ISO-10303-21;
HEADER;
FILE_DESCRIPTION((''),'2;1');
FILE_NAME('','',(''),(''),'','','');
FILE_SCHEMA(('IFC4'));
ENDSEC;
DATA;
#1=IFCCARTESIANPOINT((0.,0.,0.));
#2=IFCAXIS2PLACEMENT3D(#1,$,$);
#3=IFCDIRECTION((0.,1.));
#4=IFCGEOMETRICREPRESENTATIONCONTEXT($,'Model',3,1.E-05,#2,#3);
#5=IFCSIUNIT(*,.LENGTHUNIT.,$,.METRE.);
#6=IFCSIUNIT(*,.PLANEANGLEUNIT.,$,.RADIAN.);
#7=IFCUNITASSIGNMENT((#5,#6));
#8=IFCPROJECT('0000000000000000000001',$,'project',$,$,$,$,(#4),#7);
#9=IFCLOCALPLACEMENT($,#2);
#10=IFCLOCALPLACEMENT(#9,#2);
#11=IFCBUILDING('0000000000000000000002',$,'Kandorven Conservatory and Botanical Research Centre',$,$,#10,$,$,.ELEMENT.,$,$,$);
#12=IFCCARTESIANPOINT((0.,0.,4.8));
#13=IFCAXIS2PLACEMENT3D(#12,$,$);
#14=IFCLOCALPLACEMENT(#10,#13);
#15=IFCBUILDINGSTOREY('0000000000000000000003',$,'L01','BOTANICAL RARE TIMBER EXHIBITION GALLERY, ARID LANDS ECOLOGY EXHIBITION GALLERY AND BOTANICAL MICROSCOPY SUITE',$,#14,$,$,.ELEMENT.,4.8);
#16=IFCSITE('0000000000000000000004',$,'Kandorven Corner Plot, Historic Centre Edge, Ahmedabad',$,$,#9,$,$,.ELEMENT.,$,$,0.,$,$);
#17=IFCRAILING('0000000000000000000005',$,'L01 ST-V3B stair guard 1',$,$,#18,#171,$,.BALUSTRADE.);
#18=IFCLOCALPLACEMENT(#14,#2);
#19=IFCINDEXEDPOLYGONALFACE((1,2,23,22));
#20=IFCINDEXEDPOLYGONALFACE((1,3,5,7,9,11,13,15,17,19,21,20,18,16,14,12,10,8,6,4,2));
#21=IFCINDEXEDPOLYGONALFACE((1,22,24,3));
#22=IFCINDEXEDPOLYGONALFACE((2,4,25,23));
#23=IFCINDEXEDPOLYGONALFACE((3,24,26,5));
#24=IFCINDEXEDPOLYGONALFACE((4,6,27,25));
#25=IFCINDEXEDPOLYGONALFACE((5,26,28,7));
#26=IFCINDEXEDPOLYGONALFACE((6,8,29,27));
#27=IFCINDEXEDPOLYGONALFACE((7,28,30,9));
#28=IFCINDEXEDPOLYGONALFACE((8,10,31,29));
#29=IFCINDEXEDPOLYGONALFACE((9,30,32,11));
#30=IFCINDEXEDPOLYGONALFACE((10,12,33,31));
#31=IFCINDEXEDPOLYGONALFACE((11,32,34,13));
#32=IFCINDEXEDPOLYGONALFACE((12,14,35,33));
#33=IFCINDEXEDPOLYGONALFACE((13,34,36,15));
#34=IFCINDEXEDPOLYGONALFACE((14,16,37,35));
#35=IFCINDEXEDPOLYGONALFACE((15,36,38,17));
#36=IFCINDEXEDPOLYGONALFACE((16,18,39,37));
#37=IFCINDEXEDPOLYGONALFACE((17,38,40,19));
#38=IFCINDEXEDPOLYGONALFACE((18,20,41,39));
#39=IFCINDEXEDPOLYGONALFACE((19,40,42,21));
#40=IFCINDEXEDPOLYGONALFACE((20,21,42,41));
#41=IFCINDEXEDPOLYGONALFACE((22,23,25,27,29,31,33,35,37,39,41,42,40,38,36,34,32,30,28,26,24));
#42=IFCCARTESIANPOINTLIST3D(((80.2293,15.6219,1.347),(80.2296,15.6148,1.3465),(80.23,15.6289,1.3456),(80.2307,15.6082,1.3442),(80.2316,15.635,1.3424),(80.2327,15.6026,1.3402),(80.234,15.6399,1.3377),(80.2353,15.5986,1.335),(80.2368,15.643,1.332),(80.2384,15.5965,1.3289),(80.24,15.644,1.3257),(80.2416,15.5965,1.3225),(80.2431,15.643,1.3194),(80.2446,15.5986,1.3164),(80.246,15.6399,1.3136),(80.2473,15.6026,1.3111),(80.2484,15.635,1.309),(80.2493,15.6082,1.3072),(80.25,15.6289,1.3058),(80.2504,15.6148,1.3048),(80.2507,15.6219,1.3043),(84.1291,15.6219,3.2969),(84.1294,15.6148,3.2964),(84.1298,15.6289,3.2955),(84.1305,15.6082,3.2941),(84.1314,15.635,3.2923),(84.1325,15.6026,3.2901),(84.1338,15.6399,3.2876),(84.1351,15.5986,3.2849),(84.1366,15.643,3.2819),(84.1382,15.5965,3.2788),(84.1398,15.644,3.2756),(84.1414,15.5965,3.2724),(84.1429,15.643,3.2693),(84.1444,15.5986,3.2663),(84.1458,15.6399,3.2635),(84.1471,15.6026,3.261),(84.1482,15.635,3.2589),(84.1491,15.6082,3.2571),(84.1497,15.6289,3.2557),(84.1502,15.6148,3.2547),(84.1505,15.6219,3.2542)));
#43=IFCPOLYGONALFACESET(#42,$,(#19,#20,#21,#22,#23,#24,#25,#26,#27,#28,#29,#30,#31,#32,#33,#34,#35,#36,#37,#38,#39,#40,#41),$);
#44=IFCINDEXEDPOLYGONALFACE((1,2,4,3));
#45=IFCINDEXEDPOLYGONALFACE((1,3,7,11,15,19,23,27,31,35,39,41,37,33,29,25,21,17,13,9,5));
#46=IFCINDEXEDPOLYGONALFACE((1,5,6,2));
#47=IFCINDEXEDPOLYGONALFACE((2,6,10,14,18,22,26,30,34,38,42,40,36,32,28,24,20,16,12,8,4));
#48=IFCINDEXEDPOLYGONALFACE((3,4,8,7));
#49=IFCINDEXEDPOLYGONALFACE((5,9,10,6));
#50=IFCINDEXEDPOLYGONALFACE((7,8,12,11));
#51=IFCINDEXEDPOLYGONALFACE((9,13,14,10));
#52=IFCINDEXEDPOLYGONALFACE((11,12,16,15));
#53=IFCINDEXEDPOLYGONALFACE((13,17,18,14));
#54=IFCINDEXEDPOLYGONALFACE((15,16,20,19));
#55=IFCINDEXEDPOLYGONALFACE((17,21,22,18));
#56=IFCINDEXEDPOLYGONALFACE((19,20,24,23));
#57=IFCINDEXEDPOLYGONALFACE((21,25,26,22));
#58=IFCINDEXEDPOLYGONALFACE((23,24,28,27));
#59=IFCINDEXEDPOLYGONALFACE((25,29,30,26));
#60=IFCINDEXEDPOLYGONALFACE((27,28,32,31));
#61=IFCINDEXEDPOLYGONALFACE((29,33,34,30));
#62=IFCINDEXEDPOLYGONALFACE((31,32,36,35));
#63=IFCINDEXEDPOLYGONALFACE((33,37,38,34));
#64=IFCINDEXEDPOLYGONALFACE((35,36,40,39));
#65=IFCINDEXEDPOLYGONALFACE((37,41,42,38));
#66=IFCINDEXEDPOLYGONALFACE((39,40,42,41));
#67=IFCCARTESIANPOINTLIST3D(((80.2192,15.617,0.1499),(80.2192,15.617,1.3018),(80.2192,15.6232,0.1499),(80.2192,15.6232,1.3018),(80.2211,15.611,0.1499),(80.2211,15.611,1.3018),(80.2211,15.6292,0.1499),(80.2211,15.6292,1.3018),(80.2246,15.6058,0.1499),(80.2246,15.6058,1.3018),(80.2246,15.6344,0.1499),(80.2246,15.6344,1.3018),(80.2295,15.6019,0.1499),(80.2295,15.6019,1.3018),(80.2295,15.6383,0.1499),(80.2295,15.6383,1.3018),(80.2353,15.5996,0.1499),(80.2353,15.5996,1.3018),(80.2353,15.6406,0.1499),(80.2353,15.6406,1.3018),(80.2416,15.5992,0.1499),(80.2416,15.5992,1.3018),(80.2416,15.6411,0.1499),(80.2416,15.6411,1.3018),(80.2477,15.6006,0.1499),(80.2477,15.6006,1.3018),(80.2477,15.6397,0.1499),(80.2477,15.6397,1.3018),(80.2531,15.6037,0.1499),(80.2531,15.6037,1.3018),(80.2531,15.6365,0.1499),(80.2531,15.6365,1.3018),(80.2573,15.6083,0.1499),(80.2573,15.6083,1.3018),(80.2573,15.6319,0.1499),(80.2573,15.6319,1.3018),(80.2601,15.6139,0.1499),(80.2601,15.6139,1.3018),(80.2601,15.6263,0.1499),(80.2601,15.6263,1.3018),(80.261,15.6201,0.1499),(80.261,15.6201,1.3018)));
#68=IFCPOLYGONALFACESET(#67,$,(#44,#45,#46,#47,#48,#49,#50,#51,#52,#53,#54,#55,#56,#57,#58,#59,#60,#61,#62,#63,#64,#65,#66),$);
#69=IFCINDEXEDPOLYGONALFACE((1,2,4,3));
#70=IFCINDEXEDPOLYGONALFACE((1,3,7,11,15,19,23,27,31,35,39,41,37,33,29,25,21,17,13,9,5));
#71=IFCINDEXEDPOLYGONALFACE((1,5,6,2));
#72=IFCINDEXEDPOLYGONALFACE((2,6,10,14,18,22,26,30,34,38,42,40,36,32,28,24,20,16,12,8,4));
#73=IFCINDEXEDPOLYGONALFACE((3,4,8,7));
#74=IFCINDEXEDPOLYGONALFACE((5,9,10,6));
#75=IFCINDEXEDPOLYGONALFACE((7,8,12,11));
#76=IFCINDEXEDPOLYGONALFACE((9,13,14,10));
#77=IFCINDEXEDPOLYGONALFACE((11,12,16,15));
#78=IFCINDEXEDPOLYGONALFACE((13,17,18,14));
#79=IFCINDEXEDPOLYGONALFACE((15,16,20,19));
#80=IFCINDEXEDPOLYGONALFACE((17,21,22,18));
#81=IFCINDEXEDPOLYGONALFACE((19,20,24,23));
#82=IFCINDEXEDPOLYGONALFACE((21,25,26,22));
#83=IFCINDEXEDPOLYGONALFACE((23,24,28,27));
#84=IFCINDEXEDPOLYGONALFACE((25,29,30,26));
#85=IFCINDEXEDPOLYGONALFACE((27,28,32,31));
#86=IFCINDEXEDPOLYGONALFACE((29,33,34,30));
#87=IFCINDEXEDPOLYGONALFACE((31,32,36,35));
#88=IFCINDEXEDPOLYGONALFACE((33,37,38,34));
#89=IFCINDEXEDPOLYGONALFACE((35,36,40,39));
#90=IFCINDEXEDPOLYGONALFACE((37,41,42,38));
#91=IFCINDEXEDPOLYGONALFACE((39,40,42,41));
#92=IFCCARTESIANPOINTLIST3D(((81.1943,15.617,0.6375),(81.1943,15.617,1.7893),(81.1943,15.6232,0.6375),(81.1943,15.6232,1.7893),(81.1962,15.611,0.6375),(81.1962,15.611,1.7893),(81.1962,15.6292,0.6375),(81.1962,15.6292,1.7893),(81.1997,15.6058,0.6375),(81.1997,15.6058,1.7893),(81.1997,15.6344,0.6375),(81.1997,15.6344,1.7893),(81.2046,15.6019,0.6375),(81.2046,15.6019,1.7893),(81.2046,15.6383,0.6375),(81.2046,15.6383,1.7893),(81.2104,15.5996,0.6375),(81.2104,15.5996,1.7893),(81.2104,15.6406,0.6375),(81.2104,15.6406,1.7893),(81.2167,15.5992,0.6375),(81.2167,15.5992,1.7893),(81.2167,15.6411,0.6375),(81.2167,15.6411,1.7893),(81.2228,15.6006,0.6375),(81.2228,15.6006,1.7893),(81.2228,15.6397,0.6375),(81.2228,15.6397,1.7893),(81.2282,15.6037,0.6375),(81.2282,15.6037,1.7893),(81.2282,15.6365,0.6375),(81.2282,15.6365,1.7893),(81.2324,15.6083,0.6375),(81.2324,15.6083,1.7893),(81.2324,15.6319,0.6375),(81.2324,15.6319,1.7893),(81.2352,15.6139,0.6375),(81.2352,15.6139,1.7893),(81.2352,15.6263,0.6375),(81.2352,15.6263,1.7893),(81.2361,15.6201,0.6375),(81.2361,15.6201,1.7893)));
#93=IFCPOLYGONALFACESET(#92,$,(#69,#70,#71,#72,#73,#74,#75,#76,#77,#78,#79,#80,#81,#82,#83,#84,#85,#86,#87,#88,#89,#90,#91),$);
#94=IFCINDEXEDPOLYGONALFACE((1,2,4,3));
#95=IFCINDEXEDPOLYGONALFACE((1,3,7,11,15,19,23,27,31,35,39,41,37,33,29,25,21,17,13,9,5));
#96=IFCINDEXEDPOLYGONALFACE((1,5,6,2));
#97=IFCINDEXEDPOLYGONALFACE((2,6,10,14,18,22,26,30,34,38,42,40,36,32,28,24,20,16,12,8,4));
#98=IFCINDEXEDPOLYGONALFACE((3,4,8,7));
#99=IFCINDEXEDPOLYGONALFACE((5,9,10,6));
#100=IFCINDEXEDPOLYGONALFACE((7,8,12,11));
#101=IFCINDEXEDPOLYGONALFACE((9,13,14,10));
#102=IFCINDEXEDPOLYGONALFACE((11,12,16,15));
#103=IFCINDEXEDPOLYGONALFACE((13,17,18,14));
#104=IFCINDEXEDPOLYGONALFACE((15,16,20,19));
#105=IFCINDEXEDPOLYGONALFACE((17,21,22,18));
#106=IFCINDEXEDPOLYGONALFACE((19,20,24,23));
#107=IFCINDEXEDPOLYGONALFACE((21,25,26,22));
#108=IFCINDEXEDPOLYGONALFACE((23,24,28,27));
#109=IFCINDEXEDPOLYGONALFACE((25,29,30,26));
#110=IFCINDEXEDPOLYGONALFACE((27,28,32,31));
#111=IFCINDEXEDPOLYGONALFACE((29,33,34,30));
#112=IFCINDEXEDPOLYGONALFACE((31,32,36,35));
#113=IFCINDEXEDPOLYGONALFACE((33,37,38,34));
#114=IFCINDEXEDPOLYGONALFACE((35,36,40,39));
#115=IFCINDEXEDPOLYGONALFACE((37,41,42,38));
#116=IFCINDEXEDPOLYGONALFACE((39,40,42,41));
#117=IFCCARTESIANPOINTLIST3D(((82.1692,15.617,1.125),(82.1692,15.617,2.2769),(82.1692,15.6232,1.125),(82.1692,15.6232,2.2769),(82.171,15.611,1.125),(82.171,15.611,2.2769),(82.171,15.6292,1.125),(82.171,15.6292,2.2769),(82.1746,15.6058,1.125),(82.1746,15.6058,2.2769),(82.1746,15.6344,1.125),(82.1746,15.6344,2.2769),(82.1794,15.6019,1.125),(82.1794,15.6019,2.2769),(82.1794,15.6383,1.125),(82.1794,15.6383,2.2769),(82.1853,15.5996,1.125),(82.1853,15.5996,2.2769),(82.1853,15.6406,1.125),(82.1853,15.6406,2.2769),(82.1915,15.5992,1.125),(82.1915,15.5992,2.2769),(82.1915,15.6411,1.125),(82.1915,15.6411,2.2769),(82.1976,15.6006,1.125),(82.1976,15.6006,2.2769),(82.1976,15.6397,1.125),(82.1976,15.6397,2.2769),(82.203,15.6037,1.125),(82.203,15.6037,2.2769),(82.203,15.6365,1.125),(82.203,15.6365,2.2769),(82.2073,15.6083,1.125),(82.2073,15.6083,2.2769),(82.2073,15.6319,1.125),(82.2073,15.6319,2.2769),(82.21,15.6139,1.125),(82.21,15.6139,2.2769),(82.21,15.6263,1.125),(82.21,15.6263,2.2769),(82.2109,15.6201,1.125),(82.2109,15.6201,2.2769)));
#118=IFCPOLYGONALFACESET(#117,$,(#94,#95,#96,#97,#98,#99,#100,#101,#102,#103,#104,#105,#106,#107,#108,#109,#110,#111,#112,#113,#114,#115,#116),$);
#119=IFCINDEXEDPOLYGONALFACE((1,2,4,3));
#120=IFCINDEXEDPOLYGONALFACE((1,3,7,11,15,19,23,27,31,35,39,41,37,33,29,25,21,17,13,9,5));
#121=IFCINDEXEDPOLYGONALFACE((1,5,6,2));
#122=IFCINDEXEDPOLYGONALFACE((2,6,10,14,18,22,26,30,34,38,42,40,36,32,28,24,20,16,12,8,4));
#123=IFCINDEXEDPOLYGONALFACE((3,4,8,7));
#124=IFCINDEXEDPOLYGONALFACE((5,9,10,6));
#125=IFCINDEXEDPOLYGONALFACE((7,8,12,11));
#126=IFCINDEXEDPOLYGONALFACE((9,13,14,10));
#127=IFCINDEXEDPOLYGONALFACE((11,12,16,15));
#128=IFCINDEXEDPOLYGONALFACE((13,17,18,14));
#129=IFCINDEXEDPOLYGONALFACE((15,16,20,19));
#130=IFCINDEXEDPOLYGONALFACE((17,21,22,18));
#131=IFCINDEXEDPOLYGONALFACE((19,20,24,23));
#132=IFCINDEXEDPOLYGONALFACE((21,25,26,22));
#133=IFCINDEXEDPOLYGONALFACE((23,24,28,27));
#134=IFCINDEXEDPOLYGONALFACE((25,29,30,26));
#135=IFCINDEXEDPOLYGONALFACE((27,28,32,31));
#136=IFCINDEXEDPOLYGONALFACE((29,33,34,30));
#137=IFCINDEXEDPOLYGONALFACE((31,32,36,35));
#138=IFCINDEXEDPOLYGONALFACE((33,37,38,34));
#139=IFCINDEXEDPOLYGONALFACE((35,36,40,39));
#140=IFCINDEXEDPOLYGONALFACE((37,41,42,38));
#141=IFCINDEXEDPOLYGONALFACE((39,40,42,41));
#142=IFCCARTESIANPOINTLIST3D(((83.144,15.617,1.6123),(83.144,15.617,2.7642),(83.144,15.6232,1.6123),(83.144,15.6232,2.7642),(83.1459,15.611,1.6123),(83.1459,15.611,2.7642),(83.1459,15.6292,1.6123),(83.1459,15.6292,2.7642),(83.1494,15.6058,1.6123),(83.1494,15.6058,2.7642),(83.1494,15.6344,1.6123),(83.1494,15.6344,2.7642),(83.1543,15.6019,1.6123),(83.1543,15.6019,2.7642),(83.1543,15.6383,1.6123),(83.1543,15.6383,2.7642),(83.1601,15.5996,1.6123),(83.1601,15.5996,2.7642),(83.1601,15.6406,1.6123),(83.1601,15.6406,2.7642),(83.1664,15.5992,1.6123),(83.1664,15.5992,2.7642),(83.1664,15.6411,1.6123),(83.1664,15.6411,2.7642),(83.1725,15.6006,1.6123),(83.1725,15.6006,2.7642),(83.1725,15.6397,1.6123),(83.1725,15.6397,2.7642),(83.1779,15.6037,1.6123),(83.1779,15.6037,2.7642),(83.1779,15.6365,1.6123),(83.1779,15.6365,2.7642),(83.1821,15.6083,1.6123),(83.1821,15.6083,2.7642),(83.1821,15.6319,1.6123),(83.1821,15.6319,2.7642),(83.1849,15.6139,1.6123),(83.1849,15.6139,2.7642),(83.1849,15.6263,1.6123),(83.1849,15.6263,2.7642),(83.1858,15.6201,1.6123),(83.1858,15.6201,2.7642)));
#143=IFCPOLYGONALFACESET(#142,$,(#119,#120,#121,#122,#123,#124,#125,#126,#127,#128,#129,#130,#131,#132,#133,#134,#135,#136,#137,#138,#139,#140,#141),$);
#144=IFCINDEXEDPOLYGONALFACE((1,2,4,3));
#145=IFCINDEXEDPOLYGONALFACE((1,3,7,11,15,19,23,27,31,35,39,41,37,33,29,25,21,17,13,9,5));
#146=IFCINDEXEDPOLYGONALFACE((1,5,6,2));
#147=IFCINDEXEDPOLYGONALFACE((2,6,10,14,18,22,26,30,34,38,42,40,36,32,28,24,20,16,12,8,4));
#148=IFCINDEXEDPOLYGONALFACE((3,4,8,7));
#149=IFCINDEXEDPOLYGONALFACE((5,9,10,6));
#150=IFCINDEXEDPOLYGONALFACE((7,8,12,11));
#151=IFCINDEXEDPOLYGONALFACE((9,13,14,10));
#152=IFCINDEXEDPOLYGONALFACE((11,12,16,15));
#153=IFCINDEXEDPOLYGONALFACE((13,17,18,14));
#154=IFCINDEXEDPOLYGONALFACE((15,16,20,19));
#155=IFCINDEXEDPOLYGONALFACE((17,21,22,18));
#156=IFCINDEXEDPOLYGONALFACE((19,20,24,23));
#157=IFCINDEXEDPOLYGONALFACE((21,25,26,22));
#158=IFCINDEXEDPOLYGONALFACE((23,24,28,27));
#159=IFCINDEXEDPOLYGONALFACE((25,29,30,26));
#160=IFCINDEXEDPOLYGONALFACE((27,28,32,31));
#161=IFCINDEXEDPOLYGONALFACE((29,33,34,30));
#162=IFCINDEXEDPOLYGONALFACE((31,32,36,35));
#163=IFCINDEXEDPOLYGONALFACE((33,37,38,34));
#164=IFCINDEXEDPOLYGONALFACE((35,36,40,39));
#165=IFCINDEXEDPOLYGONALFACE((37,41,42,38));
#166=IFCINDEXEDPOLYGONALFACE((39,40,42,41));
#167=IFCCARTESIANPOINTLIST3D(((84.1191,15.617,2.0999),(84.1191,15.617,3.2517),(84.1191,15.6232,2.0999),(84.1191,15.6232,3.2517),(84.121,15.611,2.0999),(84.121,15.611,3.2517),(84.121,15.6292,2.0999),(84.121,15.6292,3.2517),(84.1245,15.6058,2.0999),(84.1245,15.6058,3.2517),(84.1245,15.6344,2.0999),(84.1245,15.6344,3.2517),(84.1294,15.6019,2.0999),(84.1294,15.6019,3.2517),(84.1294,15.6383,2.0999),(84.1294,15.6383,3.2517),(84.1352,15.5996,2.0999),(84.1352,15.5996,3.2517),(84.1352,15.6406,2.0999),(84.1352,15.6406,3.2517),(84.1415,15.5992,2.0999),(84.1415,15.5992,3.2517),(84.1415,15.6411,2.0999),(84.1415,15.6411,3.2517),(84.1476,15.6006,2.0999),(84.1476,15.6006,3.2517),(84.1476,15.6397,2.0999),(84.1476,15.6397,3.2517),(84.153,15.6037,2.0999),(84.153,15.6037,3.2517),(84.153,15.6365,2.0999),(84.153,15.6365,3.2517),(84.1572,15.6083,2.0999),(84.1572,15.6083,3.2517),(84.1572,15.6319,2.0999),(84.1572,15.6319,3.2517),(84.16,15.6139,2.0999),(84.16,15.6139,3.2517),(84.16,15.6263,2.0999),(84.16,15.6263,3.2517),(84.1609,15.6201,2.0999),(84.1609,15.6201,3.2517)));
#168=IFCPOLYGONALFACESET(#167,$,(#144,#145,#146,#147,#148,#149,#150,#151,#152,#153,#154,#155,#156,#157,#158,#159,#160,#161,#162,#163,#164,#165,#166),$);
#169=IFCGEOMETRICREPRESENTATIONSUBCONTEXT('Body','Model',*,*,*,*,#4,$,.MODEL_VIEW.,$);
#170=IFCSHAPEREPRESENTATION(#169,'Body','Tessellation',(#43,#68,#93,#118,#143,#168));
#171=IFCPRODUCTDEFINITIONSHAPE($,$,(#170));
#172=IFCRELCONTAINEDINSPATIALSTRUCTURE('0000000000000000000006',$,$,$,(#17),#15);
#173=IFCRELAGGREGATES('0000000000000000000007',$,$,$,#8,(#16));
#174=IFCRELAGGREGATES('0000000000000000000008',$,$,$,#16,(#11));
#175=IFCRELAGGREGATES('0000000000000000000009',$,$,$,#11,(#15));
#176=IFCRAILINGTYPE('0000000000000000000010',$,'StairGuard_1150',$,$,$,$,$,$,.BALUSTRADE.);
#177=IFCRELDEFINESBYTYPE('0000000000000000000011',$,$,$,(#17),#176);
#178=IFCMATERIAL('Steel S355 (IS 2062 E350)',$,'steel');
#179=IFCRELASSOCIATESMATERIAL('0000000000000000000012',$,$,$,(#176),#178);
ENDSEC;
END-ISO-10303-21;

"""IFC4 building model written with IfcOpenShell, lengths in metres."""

from ifc_helpers import new_model, si_unit, direction, frame, origin, origin_2d, place, context, subcontext, project, spatial, circle, extrude, material, type_object, element, save


model = new_model("IFC4")

# Units and contexts
model_context = context("Model", 3, precision=1e-05, world=origin(), true_north=direction((0.0, 1.0)))
body_context = subcontext(model_context, "Body", "Model", "MODEL_VIEW")
ifc_project = project(units=[si_unit("LENGTHUNIT", "METRE"), si_unit("PLANEANGLEUNIT", "RADIAN")], contexts=[model_context])

# Site, building, storey
site_placement = place(None, origin())
site = spatial("IfcSite", under=ifc_project, at=site_placement, Name="Kandorven Corner Plot, Historic Centre Edge, Ahmedabad", CompositionType="ELEMENT", RefElevation=0.0)
building_placement = place(site_placement, origin())
building = spatial("IfcBuilding", under=site, at=building_placement, Name="Kandorven Conservatory and Botanical Research Centre", CompositionType="ELEMENT")
storey_placement = place(building_placement, frame((0.0, 0.0, 4.8)))
storey = spatial("IfcBuildingStorey", under=building, at=storey_placement, Name="L01", Description="BOTANICAL RARE TIMBER EXHIBITION GALLERY, ARID LANDS ECOLOGY EXHIBITION GALLERY AND BOTANICAL MICROSCOPY SUITE", CompositionType="ELEMENT", Elevation=4.8)

# Railing
ifc_material_1 = material(Name="Steel S355 (IS 2062 E350)", Category="steel")
railing_type_1 = type_object("IfcRailingType", Name="StairGuard_1150", PredefinedType="BALUSTRADE", material=ifc_material_1)
railing_1_placement = place(storey_placement, frame((80.24, 15.6201, 0.1499)))
element("IfcRailing", 1, at=railing_1_placement, inside=storey, type_object=railing_type_1, Name="L01 ST-V3B stair guard 1", PredefinedType="BALUSTRADE", context=body_context, shape_type="SweptSolid", body=[
    extrude(circle(Radius=0.0239, at=origin_2d()), frame((0.0, 0.0, 1.1758), z_axis=(0.894427, 0.0, 0.447214), x_axis=(0.0, 1.0, 0.0)), (0.0, 0.0, 1.0), 4.3601),
    extrude(circle(Radius=0.021, at=origin_2d()), origin(), (0.0, 0.0, 1.0), 1.1519),
    extrude(circle(Radius=0.021, at=origin_2d()), frame((0.9751, 0.0, 0.4875)), (0.0, 0.0, 1.0), 1.1519),
    extrude(circle(Radius=0.021, at=origin_2d()), frame((1.95, 0.0, 0.9751)), (0.0, 0.0, 1.0), 1.1519),
    extrude(circle(Radius=0.021, at=origin_2d()), frame((2.9248, 0.0, 1.4624)), (0.0, 0.0, 1.0), 1.1519),
    extrude(circle(Radius=0.021, at=origin_2d()), frame((3.8999, 0.0, 1.95)), (0.0, 0.0, 1.0), 1.1519),
])

save(model, "model.ifc")
